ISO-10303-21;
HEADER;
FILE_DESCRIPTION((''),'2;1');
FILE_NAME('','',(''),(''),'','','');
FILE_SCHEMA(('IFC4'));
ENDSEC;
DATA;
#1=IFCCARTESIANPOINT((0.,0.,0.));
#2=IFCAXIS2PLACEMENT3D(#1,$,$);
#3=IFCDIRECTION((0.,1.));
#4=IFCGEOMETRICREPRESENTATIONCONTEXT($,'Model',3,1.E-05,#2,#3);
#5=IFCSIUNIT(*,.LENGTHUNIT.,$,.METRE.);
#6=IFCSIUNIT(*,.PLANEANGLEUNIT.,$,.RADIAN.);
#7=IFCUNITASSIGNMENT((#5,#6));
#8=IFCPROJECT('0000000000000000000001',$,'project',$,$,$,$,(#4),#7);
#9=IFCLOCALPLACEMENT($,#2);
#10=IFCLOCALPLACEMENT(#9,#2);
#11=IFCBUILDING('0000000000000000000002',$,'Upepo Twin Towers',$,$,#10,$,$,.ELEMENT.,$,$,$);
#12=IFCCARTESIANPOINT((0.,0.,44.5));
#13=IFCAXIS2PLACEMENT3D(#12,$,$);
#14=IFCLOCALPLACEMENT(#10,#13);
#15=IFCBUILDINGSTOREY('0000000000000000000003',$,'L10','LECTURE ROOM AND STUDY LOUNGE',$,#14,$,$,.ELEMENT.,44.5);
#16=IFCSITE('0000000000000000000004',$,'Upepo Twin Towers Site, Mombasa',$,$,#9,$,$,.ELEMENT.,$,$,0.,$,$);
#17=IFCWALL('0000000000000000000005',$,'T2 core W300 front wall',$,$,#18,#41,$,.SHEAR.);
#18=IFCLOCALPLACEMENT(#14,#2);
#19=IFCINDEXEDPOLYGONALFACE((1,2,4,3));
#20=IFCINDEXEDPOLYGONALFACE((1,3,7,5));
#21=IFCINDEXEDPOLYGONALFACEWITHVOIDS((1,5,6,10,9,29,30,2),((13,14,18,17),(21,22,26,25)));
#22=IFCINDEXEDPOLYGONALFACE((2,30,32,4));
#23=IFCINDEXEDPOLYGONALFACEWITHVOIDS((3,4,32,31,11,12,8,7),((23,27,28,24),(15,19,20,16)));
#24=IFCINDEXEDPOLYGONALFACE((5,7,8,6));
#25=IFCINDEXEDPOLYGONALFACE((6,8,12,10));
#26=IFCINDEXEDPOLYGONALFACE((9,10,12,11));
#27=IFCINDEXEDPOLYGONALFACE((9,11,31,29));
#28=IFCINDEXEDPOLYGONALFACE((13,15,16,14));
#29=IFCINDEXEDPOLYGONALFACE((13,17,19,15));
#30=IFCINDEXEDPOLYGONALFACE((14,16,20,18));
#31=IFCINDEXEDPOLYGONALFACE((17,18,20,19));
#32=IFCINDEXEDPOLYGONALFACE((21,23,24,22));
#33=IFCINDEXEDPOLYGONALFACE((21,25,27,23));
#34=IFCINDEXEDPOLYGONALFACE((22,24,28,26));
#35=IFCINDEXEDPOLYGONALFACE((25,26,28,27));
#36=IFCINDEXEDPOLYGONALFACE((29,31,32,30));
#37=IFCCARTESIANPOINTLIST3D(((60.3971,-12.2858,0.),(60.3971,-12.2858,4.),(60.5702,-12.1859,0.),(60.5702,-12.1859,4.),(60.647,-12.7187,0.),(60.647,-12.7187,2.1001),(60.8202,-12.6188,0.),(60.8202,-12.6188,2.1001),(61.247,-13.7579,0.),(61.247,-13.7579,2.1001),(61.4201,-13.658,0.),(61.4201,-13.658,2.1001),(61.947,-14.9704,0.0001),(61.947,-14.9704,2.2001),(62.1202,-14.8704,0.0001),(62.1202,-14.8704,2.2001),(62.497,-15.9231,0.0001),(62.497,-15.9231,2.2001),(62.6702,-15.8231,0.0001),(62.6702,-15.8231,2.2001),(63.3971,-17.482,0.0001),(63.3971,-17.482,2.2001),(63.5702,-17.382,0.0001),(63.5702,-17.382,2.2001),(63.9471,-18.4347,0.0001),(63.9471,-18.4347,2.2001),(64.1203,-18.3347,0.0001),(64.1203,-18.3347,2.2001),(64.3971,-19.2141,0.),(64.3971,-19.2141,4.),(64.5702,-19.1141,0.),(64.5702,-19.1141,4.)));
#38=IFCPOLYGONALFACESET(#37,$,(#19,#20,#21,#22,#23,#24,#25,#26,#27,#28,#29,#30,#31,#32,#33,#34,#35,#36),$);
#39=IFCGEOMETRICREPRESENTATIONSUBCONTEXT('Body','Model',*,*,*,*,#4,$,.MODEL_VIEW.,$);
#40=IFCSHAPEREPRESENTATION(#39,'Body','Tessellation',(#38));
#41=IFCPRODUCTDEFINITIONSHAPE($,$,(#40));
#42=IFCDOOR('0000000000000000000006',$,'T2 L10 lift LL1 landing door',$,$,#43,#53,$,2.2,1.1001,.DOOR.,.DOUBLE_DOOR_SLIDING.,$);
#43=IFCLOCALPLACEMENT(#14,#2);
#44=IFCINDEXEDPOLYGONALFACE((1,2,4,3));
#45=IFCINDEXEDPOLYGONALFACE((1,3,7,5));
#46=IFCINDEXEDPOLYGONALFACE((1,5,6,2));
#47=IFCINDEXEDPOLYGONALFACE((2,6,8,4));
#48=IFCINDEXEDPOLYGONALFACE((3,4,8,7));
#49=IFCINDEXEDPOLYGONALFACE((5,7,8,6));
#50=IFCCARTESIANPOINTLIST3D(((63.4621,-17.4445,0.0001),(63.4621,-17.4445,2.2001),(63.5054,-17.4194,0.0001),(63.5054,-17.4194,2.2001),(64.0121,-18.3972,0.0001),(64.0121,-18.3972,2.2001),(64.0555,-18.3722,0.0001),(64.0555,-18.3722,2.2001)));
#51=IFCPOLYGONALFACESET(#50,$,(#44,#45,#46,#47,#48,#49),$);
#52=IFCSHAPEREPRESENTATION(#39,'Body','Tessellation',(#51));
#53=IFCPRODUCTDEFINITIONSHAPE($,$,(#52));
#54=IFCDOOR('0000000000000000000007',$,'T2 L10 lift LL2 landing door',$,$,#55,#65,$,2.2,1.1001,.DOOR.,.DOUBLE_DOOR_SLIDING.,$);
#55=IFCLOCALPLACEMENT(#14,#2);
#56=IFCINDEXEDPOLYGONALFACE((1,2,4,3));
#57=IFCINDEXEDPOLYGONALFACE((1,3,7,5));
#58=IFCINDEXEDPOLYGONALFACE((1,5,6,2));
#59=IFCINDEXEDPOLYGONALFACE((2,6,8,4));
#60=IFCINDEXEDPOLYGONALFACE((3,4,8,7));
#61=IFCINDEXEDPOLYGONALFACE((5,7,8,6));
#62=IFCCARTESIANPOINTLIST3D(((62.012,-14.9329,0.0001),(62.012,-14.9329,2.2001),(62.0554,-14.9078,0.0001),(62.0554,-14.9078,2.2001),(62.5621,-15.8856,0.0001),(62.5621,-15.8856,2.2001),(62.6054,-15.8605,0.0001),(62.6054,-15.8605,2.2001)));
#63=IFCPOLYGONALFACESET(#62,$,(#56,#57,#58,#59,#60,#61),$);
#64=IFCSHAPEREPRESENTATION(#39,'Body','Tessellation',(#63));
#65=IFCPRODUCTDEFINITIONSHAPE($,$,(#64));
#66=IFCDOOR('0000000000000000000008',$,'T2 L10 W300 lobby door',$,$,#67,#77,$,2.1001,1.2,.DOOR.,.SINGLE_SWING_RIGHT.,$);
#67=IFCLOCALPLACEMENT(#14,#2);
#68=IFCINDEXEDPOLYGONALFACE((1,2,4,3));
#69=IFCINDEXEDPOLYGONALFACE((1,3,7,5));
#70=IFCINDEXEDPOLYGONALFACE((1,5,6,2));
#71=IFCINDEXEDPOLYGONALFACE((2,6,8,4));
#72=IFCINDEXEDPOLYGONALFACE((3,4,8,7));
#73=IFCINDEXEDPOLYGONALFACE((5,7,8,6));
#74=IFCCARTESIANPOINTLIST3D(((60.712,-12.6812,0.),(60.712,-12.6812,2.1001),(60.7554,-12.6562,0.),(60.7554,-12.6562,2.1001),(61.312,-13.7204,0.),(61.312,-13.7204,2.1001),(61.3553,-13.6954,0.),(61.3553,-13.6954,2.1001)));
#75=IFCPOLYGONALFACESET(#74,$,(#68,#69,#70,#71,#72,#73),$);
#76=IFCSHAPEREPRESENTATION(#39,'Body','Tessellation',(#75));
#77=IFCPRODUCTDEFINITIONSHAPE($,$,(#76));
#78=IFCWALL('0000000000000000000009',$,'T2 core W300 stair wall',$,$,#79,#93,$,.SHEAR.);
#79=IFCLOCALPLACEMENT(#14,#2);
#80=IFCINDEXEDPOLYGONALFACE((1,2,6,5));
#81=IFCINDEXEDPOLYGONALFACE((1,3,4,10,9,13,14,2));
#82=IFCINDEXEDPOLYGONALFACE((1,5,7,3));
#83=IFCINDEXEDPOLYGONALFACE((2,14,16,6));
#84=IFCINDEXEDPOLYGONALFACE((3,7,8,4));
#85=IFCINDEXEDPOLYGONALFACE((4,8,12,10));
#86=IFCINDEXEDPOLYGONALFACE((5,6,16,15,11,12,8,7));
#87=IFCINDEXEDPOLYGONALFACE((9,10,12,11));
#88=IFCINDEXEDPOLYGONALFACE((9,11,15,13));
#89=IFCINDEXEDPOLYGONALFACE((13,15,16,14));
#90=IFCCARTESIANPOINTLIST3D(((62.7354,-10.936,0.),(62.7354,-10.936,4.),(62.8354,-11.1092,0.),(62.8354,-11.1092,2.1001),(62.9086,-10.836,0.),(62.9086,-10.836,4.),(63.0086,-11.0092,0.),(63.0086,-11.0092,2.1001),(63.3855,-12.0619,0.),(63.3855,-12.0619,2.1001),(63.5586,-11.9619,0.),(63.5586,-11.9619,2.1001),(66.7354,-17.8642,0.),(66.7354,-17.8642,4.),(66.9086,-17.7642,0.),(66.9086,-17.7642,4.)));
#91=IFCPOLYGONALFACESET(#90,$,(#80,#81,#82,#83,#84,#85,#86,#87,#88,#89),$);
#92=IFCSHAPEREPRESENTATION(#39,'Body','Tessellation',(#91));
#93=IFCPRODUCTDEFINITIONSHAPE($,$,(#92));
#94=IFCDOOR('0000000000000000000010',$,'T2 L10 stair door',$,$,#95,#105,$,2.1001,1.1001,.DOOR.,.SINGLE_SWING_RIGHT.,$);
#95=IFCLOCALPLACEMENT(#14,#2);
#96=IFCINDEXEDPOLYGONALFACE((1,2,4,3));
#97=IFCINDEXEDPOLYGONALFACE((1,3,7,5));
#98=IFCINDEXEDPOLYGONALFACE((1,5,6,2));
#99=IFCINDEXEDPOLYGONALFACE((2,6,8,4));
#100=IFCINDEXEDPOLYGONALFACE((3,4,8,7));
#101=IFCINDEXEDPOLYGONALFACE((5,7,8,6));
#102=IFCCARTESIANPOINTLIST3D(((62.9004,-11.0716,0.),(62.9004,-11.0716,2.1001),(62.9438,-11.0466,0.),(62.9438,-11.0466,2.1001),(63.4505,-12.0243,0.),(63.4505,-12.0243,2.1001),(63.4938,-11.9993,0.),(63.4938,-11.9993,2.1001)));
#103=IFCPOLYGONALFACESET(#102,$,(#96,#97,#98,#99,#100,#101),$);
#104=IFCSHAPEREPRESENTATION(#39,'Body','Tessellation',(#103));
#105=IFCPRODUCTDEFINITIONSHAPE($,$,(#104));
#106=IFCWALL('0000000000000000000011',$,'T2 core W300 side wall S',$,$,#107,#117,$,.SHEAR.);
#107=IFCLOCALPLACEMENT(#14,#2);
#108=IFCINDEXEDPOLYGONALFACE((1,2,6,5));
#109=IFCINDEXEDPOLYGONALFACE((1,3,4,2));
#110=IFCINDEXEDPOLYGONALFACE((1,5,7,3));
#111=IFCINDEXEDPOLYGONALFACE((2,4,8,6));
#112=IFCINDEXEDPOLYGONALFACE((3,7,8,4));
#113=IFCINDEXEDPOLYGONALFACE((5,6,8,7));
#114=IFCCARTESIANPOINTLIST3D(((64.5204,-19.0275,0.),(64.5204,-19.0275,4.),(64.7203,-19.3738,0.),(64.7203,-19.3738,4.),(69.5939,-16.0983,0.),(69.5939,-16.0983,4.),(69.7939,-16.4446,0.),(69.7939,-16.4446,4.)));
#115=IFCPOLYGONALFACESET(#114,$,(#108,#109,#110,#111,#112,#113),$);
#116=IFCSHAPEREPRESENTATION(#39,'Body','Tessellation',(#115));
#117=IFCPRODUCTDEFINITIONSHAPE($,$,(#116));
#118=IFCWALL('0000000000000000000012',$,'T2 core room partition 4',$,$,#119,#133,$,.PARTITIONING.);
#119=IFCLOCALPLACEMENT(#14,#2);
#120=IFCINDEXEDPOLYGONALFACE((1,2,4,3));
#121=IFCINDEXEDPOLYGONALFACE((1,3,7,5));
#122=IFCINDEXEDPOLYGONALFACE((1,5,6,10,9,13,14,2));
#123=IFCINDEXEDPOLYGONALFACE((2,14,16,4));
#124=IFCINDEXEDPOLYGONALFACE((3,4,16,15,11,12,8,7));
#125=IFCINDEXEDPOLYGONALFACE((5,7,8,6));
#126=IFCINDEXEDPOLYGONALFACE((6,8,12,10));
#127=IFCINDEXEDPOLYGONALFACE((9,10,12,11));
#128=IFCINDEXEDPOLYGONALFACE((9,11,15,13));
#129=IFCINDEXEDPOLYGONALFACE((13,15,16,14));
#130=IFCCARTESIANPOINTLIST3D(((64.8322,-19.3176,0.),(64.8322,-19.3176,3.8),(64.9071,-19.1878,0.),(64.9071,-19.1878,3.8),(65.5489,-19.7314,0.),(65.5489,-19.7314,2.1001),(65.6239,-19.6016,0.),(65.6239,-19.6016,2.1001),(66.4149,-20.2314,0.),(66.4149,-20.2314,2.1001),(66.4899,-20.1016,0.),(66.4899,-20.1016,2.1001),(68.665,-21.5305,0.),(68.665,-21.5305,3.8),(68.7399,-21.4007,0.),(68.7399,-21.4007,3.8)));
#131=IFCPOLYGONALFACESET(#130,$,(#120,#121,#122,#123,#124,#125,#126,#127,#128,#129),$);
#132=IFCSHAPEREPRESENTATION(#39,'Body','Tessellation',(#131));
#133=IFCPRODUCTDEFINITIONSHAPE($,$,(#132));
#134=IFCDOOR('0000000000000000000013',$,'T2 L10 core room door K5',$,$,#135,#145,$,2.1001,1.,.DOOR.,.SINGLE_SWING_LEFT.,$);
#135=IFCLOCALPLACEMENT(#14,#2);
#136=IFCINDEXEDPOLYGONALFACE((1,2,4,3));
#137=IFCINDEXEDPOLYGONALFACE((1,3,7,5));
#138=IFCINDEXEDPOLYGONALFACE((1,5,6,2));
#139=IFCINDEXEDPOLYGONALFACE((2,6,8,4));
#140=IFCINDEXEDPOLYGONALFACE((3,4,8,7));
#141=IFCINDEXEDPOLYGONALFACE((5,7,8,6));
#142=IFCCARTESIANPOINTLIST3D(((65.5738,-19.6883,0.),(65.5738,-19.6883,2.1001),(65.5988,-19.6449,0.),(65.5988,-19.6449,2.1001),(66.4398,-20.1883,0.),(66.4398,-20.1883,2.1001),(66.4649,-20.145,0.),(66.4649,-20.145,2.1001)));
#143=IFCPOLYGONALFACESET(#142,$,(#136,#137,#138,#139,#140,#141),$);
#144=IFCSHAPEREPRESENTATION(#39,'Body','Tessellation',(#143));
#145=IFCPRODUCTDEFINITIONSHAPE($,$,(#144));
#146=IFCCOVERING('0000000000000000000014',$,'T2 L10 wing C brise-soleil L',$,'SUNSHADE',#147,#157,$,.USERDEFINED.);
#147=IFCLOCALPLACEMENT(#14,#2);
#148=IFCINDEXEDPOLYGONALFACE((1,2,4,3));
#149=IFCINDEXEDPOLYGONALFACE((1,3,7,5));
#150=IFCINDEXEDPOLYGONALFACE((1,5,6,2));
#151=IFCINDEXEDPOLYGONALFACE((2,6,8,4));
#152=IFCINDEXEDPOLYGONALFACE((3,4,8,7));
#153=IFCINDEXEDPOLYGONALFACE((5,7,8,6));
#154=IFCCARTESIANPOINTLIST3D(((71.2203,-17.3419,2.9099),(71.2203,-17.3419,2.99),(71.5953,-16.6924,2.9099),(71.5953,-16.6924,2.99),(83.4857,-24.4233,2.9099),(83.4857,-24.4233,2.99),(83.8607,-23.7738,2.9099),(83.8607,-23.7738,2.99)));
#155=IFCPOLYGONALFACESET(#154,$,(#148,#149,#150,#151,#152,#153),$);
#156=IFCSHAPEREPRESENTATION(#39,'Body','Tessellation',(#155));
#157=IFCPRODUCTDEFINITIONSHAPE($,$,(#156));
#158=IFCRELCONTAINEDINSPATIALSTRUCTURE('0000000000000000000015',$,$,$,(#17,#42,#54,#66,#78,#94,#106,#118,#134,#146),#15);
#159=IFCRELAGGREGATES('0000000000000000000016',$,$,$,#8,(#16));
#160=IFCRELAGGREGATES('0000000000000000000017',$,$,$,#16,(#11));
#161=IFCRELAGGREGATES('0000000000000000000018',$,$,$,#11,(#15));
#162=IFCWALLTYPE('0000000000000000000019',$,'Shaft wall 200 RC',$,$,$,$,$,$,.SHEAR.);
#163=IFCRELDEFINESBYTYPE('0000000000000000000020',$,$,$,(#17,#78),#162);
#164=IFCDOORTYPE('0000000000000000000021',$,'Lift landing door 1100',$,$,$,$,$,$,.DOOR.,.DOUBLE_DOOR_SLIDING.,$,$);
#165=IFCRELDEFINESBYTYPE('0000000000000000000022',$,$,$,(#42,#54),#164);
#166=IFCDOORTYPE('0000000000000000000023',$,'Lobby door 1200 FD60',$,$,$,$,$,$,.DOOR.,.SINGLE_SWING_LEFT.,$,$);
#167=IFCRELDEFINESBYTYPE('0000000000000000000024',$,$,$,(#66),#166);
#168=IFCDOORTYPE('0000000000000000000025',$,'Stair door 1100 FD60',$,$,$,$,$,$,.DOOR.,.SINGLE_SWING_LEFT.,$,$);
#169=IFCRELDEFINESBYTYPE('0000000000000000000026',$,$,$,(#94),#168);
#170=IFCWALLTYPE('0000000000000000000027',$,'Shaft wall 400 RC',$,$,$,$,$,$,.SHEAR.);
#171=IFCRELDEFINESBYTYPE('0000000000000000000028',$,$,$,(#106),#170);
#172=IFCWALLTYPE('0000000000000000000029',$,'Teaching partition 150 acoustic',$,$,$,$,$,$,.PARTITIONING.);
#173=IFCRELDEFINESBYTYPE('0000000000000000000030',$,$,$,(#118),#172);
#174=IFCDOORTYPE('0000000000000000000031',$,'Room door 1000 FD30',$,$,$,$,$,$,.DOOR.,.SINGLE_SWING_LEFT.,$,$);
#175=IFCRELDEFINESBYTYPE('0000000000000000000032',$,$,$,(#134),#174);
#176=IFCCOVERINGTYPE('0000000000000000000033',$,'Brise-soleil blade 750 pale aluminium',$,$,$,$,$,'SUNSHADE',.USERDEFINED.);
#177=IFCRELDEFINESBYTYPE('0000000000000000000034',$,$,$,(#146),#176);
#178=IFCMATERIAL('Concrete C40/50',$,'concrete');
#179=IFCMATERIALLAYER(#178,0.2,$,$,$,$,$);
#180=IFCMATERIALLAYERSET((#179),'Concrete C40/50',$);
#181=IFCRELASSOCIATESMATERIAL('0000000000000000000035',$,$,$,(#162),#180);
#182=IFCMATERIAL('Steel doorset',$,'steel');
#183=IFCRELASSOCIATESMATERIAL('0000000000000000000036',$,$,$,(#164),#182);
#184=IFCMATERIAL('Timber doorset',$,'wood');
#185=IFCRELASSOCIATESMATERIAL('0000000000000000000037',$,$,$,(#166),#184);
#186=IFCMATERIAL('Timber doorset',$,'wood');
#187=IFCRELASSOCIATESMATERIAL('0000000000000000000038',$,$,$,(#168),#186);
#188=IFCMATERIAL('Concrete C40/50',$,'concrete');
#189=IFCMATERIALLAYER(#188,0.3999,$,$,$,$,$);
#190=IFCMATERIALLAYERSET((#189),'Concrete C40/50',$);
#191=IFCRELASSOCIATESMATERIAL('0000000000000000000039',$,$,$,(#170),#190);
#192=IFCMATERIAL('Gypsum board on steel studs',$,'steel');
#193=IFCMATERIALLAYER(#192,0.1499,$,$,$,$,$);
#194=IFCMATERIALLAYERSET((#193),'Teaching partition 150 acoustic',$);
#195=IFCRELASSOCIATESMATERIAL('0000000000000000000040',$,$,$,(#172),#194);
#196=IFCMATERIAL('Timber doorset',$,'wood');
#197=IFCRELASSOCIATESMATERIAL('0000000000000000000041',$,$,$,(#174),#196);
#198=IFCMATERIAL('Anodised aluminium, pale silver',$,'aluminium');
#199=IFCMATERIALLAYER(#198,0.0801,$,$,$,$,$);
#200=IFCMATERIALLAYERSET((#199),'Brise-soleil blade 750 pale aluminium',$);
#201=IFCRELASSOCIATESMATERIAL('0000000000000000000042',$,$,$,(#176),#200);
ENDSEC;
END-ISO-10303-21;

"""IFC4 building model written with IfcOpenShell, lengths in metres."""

from ifc_helpers import new_model, si_unit, direction, frame, frame_2d, origin, origin_2d, place, context, subcontext, project, spatial, rectangle, extrude, material, layer, layer_set, type_object, element, fill, save


model = new_model("IFC4")

# Units and contexts
model_context = context("Model", 3, precision=1e-05, world=origin(), true_north=direction((0.0, 1.0)))
body_context = subcontext(model_context, "Body", "Model", "MODEL_VIEW")
ifc_project = project(units=[si_unit("LENGTHUNIT", "METRE"), si_unit("PLANEANGLEUNIT", "RADIAN")], contexts=[model_context])

# Site, building, storey
site_placement = place(None, origin())
site = spatial("IfcSite", under=ifc_project, at=site_placement, Name="Upepo Twin Towers Site, Mombasa", CompositionType="ELEMENT", RefElevation=0.0)
building_placement = place(site_placement, origin())
building = spatial("IfcBuilding", under=site, at=building_placement, Name="Upepo Twin Towers", CompositionType="ELEMENT")
storey_placement = place(building_placement, frame((0.0, 0.0, 44.5)))
storey = spatial("IfcBuildingStorey", under=building, at=storey_placement, Name="L10", Description="LECTURE ROOM AND STUDY LOUNGE", CompositionType="ELEMENT", Elevation=44.5)

# Wall, openings, doors
ifc_material_1 = material(Name="Concrete C40/50", Category="concrete")
ifc_layer_1 = layer(ifc_material_1, 0.2)
ifc_layer_set_1 = layer_set([ifc_layer_1], Name="Concrete C40/50")
wall_type_1 = type_object("IfcWallType", Name="Shaft wall 200 RC", PredefinedType="SHEAR", material=ifc_layer_set_1)
wall_1_placement = place(storey_placement, frame((64.4836, -19.1641, 0.0), z_axis=(0.0, 0.0, 1.0), x_axis=(-0.499999, 0.866026, 0.0)))
wall_1 = element("IfcWall", 1, at=wall_1_placement, inside=storey, type_object=wall_type_1, Name="T2 core W300 front wall", PredefinedType="SHEAR", context=body_context, shape_type="SweptSolid", body=[
    extrude(rectangle(XDim=8.0, YDim=0.2, at=frame_2d((4.0, 0.0))), origin(), (0.0, 0.0, 1.0), 4.0),
])
opening_1_placement = place(wall_1_placement, frame((6.3, 0.0, 0.0)))
opening_1 = element("IfcOpeningElement", 2, at=opening_1_placement, cuts=wall_1, PredefinedType="OPENING", context=body_context, shape_type="SweptSolid", body=[
    extrude(rectangle(XDim=1.2, YDim=2.1001, at=frame_2d((0.6001, 1.05))), frame((0.0, 0.1099, 0.0), z_axis=(0.0, -1.0, 0.0), x_axis=(1.0, 0.0, 0.0)), (0.0, 0.0, 1.0), 0.22),
])
opening_2_placement = place(wall_1_placement, frame((0.8999, 0.0, 0.0)))
opening_2 = element("IfcOpeningElement", 3, at=opening_2_placement, cuts=wall_1, PredefinedType="OPENING", context=body_context, shape_type="SweptSolid", body=[
    extrude(rectangle(XDim=1.1001, YDim=2.2, at=frame_2d((0.55, 1.1001))), frame((0.0, 0.1099, 0.0), z_axis=(0.0, -1.0, 0.0), x_axis=(1.0, 0.0, 0.0)), (0.0, 0.0, 1.0), 0.22),
])
opening_3_placement = place(wall_1_placement, frame((3.8, 0.0, 0.0)))
opening_3 = element("IfcOpeningElement", 4, at=opening_3_placement, cuts=wall_1, PredefinedType="OPENING", context=body_context, shape_type="SweptSolid", body=[
    extrude(rectangle(XDim=1.1001, YDim=2.2, at=frame_2d((0.55, 1.1001))), frame((0.0, 0.1099, 0.0), z_axis=(0.0, -1.0, 0.0), x_axis=(1.0, 0.0, 0.0)), (0.0, 0.0, 1.0), 0.22),
])
ifc_material_2 = material(Name="Steel doorset", Category="steel")
door_type_1 = type_object("IfcDoorType", Name="Lift landing door 1100", OperationType="DOUBLE_DOOR_SLIDING", PredefinedType="DOOR", material=ifc_material_2)
door_1_placement = place(opening_2_placement, origin())
door_1 = element("IfcDoor", 5, at=door_1_placement, inside=storey, type_object=door_type_1, Name="T2 L10 lift LL1 landing door", OperationType="DOUBLE_DOOR_SLIDING", OverallHeight=2.2, OverallWidth=1.1001, PredefinedType="DOOR", context=body_context, shape_type="SweptSolid", body=[
    extrude(rectangle(XDim=1.1001, YDim=2.2, at=frame_2d((0.55, 1.1001))), frame((0.0, 0.0249, 0.0), z_axis=(0.0, -1.0, 0.0), x_axis=(1.0, 0.0, 0.0)), (0.0, 0.0, 1.0), 0.05),
])
fill(opening_2, door_1)
door_2_placement = place(opening_3_placement, origin())
door_2 = element("IfcDoor", 6, at=door_2_placement, inside=storey, type_object=door_type_1, Name="T2 L10 lift LL2 landing door", OperationType="DOUBLE_DOOR_SLIDING", OverallHeight=2.2, OverallWidth=1.1001, PredefinedType="DOOR", context=body_context, shape_type="SweptSolid", body=[
    extrude(rectangle(XDim=1.1001, YDim=2.2, at=frame_2d((0.55, 1.1001))), frame((0.0, 0.0249, 0.0), z_axis=(0.0, -1.0, 0.0), x_axis=(1.0, 0.0, 0.0)), (0.0, 0.0, 1.0), 0.05),
])
fill(opening_3, door_2)
ifc_material_3 = material(Name="Timber doorset", Category="wood")
door_type_2 = type_object("IfcDoorType", Name="Lobby door 1200 FD60", OperationType="SINGLE_SWING_LEFT", PredefinedType="DOOR", material=ifc_material_3)
door_3_placement = place(opening_1_placement, origin())
door_3 = element("IfcDoor", 7, at=door_3_placement, inside=storey, type_object=door_type_2, Name="T2 L10 W300 lobby door", OperationType="SINGLE_SWING_RIGHT", OverallHeight=2.1001, OverallWidth=1.2, PredefinedType="DOOR", context=body_context, shape_type="SweptSolid", body=[
    extrude(rectangle(XDim=1.2, YDim=2.1001, at=frame_2d((0.6001, 1.05))), frame((0.0, 0.0249, 0.0), z_axis=(0.0, -1.0, 0.0), x_axis=(1.0, 0.0, 0.0)), (0.0, 0.0, 1.0), 0.05),
])
fill(opening_1, door_3)

# Wall, opening, door
wall_2_placement = place(storey_placement, frame((66.822, -17.8142, 0.0), z_axis=(0.0, 0.0, 1.0), x_axis=(-0.499999, 0.866026, 0.0)))
wall_2 = element("IfcWall", 8, at=wall_2_placement, inside=storey, type_object=wall_type_1, Name="T2 core W300 stair wall", PredefinedType="SHEAR", context=body_context, shape_type="SweptSolid", body=[
    extrude(rectangle(XDim=8.0, YDim=0.2, at=frame_2d((4.0, 0.0))), origin(), (0.0, 0.0, 1.0), 4.0),
])
opening_4_placement = place(wall_2_placement, frame((6.7, 0.0, 0.0)))
opening_4 = element("IfcOpeningElement", 9, at=opening_4_placement, cuts=wall_2, PredefinedType="OPENING", context=body_context, shape_type="SweptSolid", body=[
    extrude(rectangle(XDim=1.1001, YDim=2.1001, at=frame_2d((0.55, 1.05))), frame((0.0, 0.1099, 0.0), z_axis=(0.0, -1.0, 0.0), x_axis=(1.0, 0.0, 0.0)), (0.0, 0.0, 1.0), 0.22),
])
ifc_material_4 = material(Name="Timber doorset", Category="wood")
door_type_3 = type_object("IfcDoorType", Name="Stair door 1100 FD60", OperationType="SINGLE_SWING_LEFT", PredefinedType="DOOR", material=ifc_material_4)
door_4_placement = place(opening_4_placement, origin())
door_4 = element("IfcDoor", 10, at=door_4_placement, inside=storey, type_object=door_type_3, Name="T2 L10 stair door", OperationType="SINGLE_SWING_RIGHT", OverallHeight=2.1001, OverallWidth=1.1001, PredefinedType="DOOR", context=body_context, shape_type="SweptSolid", body=[
    extrude(rectangle(XDim=1.1001, YDim=2.1001, at=frame_2d((0.55, 1.05))), frame((0.0, 0.0249, 0.0), z_axis=(0.0, -1.0, 0.0), x_axis=(1.0, 0.0, 0.0)), (0.0, 0.0, 1.0), 0.05),
])
fill(opening_4, door_4)

# Wall
ifc_material_5 = material(Name="Concrete C40/50", Category="concrete")
ifc_layer_2 = layer(ifc_material_5, 0.3999)
ifc_layer_set_2 = layer_set([ifc_layer_2], Name="Concrete C40/50")
wall_type_2 = type_object("IfcWallType", Name="Shaft wall 400 RC", PredefinedType="SHEAR", material=ifc_layer_set_2)
wall_3_placement = place(storey_placement, frame((64.6204, -19.2007, 0.0), z_axis=(0.0, 0.0, 1.0), x_axis=(0.866024, 0.500003, 0.0)))
element("IfcWall", 11, at=wall_3_placement, inside=storey, type_object=wall_type_2, Name="T2 core W300 side wall S", PredefinedType="SHEAR", context=body_context, shape_type="SweptSolid", body=[
    extrude(rectangle(XDim=5.8584, YDim=0.3999, at=frame_2d((2.9292, 0.0))), origin(), (0.0, 0.0, 1.0), 4.0),
])

# Wall, opening, door
ifc_material_6 = material(Name="Gypsum board on steel studs", Category="steel")
ifc_layer_3 = layer(ifc_material_6, 0.1499)
ifc_layer_set_3 = layer_set([ifc_layer_3], Name="Teaching partition 150 acoustic")
wall_type_3 = type_object("IfcWallType", Name="Teaching partition 150 acoustic", PredefinedType="PARTITIONING", material=ifc_layer_set_3)
wall_4_placement = place(storey_placement, frame((64.8696, -19.2527, 0.0), z_axis=(0.0, 0.0, 1.0), x_axis=(0.866021, -0.500007, 0.0)))
wall_4 = element("IfcWall", 12, at=wall_4_placement, inside=storey, type_object=wall_type_3, Name="T2 core room partition 4", PredefinedType="PARTITIONING", context=body_context, shape_type="SweptSolid", body=[
    extrude(rectangle(XDim=4.4258, YDim=0.1499, at=frame_2d((2.2129, 0.0))), origin(), (0.0, 0.0, 1.0), 3.8),
])
opening_5_placement = place(wall_4_placement, frame((0.8276, 0.0, 0.0)))
opening_5 = element("IfcOpeningElement", 13, at=opening_5_placement, cuts=wall_4, PredefinedType="OPENING", context=body_context, shape_type="SweptSolid", body=[
    extrude(rectangle(XDim=1.0, YDim=2.1001, at=frame_2d((0.5, 1.05))), frame((0.0, 0.085, 0.0), z_axis=(0.0, -1.0, 0.0), x_axis=(1.0, 0.0, 0.0)), (0.0, 0.0, 1.0), 0.1699),
])
ifc_material_7 = material(Name="Timber doorset", Category="wood")
door_type_4 = type_object("IfcDoorType", Name="Room door 1000 FD30", OperationType="SINGLE_SWING_LEFT", PredefinedType="DOOR", material=ifc_material_7)
door_5_placement = place(opening_5_placement, origin())
door_5 = element("IfcDoor", 14, at=door_5_placement, inside=storey, type_object=door_type_4, Name="T2 L10 core room door K5", OperationType="SINGLE_SWING_LEFT", OverallHeight=2.1001, OverallWidth=1.0, PredefinedType="DOOR", context=body_context, shape_type="SweptSolid", body=[
    extrude(rectangle(XDim=1.0, YDim=2.1001, at=frame_2d((0.5, 1.05))), frame((0.0, 0.0249, 0.0), z_axis=(0.0, -1.0, 0.0), x_axis=(1.0, 0.0, 0.0)), (0.0, 0.0, 1.0), 0.05),
])
fill(opening_5, door_5)

# Covering
ifc_material_8 = material(Name="Anodised aluminium, pale silver", Category="aluminium")
ifc_layer_4 = layer(ifc_material_8, 0.0801)
ifc_layer_set_4 = layer_set([ifc_layer_4], Name="Brise-soleil blade 750 pale aluminium")
covering_type = type_object("IfcCoveringType", Name="Brise-soleil blade 750 pale aluminium", ElementType="SUNSHADE", PredefinedType="USERDEFINED", material=ifc_layer_set_4)
covering_placement = place(storey_placement, frame((77.5405, -20.5579, 2.9099), z_axis=(0.0, 0.0, 1.0), x_axis=(0.866025, -0.5, 0.0)))
element("IfcCovering", 15, at=covering_placement, inside=storey, type_object=covering_type, Name="T2 L10 wing C brise-soleil L", ObjectType="SUNSHADE", PredefinedType="USERDEFINED", context=body_context, shape_type="SweptSolid", body=[
    extrude(rectangle(XDim=14.1628, YDim=0.75, at=origin_2d()), origin(), (0.0, 0.0, 1.0), 0.0801),
])

save(model, "model.ifc")
